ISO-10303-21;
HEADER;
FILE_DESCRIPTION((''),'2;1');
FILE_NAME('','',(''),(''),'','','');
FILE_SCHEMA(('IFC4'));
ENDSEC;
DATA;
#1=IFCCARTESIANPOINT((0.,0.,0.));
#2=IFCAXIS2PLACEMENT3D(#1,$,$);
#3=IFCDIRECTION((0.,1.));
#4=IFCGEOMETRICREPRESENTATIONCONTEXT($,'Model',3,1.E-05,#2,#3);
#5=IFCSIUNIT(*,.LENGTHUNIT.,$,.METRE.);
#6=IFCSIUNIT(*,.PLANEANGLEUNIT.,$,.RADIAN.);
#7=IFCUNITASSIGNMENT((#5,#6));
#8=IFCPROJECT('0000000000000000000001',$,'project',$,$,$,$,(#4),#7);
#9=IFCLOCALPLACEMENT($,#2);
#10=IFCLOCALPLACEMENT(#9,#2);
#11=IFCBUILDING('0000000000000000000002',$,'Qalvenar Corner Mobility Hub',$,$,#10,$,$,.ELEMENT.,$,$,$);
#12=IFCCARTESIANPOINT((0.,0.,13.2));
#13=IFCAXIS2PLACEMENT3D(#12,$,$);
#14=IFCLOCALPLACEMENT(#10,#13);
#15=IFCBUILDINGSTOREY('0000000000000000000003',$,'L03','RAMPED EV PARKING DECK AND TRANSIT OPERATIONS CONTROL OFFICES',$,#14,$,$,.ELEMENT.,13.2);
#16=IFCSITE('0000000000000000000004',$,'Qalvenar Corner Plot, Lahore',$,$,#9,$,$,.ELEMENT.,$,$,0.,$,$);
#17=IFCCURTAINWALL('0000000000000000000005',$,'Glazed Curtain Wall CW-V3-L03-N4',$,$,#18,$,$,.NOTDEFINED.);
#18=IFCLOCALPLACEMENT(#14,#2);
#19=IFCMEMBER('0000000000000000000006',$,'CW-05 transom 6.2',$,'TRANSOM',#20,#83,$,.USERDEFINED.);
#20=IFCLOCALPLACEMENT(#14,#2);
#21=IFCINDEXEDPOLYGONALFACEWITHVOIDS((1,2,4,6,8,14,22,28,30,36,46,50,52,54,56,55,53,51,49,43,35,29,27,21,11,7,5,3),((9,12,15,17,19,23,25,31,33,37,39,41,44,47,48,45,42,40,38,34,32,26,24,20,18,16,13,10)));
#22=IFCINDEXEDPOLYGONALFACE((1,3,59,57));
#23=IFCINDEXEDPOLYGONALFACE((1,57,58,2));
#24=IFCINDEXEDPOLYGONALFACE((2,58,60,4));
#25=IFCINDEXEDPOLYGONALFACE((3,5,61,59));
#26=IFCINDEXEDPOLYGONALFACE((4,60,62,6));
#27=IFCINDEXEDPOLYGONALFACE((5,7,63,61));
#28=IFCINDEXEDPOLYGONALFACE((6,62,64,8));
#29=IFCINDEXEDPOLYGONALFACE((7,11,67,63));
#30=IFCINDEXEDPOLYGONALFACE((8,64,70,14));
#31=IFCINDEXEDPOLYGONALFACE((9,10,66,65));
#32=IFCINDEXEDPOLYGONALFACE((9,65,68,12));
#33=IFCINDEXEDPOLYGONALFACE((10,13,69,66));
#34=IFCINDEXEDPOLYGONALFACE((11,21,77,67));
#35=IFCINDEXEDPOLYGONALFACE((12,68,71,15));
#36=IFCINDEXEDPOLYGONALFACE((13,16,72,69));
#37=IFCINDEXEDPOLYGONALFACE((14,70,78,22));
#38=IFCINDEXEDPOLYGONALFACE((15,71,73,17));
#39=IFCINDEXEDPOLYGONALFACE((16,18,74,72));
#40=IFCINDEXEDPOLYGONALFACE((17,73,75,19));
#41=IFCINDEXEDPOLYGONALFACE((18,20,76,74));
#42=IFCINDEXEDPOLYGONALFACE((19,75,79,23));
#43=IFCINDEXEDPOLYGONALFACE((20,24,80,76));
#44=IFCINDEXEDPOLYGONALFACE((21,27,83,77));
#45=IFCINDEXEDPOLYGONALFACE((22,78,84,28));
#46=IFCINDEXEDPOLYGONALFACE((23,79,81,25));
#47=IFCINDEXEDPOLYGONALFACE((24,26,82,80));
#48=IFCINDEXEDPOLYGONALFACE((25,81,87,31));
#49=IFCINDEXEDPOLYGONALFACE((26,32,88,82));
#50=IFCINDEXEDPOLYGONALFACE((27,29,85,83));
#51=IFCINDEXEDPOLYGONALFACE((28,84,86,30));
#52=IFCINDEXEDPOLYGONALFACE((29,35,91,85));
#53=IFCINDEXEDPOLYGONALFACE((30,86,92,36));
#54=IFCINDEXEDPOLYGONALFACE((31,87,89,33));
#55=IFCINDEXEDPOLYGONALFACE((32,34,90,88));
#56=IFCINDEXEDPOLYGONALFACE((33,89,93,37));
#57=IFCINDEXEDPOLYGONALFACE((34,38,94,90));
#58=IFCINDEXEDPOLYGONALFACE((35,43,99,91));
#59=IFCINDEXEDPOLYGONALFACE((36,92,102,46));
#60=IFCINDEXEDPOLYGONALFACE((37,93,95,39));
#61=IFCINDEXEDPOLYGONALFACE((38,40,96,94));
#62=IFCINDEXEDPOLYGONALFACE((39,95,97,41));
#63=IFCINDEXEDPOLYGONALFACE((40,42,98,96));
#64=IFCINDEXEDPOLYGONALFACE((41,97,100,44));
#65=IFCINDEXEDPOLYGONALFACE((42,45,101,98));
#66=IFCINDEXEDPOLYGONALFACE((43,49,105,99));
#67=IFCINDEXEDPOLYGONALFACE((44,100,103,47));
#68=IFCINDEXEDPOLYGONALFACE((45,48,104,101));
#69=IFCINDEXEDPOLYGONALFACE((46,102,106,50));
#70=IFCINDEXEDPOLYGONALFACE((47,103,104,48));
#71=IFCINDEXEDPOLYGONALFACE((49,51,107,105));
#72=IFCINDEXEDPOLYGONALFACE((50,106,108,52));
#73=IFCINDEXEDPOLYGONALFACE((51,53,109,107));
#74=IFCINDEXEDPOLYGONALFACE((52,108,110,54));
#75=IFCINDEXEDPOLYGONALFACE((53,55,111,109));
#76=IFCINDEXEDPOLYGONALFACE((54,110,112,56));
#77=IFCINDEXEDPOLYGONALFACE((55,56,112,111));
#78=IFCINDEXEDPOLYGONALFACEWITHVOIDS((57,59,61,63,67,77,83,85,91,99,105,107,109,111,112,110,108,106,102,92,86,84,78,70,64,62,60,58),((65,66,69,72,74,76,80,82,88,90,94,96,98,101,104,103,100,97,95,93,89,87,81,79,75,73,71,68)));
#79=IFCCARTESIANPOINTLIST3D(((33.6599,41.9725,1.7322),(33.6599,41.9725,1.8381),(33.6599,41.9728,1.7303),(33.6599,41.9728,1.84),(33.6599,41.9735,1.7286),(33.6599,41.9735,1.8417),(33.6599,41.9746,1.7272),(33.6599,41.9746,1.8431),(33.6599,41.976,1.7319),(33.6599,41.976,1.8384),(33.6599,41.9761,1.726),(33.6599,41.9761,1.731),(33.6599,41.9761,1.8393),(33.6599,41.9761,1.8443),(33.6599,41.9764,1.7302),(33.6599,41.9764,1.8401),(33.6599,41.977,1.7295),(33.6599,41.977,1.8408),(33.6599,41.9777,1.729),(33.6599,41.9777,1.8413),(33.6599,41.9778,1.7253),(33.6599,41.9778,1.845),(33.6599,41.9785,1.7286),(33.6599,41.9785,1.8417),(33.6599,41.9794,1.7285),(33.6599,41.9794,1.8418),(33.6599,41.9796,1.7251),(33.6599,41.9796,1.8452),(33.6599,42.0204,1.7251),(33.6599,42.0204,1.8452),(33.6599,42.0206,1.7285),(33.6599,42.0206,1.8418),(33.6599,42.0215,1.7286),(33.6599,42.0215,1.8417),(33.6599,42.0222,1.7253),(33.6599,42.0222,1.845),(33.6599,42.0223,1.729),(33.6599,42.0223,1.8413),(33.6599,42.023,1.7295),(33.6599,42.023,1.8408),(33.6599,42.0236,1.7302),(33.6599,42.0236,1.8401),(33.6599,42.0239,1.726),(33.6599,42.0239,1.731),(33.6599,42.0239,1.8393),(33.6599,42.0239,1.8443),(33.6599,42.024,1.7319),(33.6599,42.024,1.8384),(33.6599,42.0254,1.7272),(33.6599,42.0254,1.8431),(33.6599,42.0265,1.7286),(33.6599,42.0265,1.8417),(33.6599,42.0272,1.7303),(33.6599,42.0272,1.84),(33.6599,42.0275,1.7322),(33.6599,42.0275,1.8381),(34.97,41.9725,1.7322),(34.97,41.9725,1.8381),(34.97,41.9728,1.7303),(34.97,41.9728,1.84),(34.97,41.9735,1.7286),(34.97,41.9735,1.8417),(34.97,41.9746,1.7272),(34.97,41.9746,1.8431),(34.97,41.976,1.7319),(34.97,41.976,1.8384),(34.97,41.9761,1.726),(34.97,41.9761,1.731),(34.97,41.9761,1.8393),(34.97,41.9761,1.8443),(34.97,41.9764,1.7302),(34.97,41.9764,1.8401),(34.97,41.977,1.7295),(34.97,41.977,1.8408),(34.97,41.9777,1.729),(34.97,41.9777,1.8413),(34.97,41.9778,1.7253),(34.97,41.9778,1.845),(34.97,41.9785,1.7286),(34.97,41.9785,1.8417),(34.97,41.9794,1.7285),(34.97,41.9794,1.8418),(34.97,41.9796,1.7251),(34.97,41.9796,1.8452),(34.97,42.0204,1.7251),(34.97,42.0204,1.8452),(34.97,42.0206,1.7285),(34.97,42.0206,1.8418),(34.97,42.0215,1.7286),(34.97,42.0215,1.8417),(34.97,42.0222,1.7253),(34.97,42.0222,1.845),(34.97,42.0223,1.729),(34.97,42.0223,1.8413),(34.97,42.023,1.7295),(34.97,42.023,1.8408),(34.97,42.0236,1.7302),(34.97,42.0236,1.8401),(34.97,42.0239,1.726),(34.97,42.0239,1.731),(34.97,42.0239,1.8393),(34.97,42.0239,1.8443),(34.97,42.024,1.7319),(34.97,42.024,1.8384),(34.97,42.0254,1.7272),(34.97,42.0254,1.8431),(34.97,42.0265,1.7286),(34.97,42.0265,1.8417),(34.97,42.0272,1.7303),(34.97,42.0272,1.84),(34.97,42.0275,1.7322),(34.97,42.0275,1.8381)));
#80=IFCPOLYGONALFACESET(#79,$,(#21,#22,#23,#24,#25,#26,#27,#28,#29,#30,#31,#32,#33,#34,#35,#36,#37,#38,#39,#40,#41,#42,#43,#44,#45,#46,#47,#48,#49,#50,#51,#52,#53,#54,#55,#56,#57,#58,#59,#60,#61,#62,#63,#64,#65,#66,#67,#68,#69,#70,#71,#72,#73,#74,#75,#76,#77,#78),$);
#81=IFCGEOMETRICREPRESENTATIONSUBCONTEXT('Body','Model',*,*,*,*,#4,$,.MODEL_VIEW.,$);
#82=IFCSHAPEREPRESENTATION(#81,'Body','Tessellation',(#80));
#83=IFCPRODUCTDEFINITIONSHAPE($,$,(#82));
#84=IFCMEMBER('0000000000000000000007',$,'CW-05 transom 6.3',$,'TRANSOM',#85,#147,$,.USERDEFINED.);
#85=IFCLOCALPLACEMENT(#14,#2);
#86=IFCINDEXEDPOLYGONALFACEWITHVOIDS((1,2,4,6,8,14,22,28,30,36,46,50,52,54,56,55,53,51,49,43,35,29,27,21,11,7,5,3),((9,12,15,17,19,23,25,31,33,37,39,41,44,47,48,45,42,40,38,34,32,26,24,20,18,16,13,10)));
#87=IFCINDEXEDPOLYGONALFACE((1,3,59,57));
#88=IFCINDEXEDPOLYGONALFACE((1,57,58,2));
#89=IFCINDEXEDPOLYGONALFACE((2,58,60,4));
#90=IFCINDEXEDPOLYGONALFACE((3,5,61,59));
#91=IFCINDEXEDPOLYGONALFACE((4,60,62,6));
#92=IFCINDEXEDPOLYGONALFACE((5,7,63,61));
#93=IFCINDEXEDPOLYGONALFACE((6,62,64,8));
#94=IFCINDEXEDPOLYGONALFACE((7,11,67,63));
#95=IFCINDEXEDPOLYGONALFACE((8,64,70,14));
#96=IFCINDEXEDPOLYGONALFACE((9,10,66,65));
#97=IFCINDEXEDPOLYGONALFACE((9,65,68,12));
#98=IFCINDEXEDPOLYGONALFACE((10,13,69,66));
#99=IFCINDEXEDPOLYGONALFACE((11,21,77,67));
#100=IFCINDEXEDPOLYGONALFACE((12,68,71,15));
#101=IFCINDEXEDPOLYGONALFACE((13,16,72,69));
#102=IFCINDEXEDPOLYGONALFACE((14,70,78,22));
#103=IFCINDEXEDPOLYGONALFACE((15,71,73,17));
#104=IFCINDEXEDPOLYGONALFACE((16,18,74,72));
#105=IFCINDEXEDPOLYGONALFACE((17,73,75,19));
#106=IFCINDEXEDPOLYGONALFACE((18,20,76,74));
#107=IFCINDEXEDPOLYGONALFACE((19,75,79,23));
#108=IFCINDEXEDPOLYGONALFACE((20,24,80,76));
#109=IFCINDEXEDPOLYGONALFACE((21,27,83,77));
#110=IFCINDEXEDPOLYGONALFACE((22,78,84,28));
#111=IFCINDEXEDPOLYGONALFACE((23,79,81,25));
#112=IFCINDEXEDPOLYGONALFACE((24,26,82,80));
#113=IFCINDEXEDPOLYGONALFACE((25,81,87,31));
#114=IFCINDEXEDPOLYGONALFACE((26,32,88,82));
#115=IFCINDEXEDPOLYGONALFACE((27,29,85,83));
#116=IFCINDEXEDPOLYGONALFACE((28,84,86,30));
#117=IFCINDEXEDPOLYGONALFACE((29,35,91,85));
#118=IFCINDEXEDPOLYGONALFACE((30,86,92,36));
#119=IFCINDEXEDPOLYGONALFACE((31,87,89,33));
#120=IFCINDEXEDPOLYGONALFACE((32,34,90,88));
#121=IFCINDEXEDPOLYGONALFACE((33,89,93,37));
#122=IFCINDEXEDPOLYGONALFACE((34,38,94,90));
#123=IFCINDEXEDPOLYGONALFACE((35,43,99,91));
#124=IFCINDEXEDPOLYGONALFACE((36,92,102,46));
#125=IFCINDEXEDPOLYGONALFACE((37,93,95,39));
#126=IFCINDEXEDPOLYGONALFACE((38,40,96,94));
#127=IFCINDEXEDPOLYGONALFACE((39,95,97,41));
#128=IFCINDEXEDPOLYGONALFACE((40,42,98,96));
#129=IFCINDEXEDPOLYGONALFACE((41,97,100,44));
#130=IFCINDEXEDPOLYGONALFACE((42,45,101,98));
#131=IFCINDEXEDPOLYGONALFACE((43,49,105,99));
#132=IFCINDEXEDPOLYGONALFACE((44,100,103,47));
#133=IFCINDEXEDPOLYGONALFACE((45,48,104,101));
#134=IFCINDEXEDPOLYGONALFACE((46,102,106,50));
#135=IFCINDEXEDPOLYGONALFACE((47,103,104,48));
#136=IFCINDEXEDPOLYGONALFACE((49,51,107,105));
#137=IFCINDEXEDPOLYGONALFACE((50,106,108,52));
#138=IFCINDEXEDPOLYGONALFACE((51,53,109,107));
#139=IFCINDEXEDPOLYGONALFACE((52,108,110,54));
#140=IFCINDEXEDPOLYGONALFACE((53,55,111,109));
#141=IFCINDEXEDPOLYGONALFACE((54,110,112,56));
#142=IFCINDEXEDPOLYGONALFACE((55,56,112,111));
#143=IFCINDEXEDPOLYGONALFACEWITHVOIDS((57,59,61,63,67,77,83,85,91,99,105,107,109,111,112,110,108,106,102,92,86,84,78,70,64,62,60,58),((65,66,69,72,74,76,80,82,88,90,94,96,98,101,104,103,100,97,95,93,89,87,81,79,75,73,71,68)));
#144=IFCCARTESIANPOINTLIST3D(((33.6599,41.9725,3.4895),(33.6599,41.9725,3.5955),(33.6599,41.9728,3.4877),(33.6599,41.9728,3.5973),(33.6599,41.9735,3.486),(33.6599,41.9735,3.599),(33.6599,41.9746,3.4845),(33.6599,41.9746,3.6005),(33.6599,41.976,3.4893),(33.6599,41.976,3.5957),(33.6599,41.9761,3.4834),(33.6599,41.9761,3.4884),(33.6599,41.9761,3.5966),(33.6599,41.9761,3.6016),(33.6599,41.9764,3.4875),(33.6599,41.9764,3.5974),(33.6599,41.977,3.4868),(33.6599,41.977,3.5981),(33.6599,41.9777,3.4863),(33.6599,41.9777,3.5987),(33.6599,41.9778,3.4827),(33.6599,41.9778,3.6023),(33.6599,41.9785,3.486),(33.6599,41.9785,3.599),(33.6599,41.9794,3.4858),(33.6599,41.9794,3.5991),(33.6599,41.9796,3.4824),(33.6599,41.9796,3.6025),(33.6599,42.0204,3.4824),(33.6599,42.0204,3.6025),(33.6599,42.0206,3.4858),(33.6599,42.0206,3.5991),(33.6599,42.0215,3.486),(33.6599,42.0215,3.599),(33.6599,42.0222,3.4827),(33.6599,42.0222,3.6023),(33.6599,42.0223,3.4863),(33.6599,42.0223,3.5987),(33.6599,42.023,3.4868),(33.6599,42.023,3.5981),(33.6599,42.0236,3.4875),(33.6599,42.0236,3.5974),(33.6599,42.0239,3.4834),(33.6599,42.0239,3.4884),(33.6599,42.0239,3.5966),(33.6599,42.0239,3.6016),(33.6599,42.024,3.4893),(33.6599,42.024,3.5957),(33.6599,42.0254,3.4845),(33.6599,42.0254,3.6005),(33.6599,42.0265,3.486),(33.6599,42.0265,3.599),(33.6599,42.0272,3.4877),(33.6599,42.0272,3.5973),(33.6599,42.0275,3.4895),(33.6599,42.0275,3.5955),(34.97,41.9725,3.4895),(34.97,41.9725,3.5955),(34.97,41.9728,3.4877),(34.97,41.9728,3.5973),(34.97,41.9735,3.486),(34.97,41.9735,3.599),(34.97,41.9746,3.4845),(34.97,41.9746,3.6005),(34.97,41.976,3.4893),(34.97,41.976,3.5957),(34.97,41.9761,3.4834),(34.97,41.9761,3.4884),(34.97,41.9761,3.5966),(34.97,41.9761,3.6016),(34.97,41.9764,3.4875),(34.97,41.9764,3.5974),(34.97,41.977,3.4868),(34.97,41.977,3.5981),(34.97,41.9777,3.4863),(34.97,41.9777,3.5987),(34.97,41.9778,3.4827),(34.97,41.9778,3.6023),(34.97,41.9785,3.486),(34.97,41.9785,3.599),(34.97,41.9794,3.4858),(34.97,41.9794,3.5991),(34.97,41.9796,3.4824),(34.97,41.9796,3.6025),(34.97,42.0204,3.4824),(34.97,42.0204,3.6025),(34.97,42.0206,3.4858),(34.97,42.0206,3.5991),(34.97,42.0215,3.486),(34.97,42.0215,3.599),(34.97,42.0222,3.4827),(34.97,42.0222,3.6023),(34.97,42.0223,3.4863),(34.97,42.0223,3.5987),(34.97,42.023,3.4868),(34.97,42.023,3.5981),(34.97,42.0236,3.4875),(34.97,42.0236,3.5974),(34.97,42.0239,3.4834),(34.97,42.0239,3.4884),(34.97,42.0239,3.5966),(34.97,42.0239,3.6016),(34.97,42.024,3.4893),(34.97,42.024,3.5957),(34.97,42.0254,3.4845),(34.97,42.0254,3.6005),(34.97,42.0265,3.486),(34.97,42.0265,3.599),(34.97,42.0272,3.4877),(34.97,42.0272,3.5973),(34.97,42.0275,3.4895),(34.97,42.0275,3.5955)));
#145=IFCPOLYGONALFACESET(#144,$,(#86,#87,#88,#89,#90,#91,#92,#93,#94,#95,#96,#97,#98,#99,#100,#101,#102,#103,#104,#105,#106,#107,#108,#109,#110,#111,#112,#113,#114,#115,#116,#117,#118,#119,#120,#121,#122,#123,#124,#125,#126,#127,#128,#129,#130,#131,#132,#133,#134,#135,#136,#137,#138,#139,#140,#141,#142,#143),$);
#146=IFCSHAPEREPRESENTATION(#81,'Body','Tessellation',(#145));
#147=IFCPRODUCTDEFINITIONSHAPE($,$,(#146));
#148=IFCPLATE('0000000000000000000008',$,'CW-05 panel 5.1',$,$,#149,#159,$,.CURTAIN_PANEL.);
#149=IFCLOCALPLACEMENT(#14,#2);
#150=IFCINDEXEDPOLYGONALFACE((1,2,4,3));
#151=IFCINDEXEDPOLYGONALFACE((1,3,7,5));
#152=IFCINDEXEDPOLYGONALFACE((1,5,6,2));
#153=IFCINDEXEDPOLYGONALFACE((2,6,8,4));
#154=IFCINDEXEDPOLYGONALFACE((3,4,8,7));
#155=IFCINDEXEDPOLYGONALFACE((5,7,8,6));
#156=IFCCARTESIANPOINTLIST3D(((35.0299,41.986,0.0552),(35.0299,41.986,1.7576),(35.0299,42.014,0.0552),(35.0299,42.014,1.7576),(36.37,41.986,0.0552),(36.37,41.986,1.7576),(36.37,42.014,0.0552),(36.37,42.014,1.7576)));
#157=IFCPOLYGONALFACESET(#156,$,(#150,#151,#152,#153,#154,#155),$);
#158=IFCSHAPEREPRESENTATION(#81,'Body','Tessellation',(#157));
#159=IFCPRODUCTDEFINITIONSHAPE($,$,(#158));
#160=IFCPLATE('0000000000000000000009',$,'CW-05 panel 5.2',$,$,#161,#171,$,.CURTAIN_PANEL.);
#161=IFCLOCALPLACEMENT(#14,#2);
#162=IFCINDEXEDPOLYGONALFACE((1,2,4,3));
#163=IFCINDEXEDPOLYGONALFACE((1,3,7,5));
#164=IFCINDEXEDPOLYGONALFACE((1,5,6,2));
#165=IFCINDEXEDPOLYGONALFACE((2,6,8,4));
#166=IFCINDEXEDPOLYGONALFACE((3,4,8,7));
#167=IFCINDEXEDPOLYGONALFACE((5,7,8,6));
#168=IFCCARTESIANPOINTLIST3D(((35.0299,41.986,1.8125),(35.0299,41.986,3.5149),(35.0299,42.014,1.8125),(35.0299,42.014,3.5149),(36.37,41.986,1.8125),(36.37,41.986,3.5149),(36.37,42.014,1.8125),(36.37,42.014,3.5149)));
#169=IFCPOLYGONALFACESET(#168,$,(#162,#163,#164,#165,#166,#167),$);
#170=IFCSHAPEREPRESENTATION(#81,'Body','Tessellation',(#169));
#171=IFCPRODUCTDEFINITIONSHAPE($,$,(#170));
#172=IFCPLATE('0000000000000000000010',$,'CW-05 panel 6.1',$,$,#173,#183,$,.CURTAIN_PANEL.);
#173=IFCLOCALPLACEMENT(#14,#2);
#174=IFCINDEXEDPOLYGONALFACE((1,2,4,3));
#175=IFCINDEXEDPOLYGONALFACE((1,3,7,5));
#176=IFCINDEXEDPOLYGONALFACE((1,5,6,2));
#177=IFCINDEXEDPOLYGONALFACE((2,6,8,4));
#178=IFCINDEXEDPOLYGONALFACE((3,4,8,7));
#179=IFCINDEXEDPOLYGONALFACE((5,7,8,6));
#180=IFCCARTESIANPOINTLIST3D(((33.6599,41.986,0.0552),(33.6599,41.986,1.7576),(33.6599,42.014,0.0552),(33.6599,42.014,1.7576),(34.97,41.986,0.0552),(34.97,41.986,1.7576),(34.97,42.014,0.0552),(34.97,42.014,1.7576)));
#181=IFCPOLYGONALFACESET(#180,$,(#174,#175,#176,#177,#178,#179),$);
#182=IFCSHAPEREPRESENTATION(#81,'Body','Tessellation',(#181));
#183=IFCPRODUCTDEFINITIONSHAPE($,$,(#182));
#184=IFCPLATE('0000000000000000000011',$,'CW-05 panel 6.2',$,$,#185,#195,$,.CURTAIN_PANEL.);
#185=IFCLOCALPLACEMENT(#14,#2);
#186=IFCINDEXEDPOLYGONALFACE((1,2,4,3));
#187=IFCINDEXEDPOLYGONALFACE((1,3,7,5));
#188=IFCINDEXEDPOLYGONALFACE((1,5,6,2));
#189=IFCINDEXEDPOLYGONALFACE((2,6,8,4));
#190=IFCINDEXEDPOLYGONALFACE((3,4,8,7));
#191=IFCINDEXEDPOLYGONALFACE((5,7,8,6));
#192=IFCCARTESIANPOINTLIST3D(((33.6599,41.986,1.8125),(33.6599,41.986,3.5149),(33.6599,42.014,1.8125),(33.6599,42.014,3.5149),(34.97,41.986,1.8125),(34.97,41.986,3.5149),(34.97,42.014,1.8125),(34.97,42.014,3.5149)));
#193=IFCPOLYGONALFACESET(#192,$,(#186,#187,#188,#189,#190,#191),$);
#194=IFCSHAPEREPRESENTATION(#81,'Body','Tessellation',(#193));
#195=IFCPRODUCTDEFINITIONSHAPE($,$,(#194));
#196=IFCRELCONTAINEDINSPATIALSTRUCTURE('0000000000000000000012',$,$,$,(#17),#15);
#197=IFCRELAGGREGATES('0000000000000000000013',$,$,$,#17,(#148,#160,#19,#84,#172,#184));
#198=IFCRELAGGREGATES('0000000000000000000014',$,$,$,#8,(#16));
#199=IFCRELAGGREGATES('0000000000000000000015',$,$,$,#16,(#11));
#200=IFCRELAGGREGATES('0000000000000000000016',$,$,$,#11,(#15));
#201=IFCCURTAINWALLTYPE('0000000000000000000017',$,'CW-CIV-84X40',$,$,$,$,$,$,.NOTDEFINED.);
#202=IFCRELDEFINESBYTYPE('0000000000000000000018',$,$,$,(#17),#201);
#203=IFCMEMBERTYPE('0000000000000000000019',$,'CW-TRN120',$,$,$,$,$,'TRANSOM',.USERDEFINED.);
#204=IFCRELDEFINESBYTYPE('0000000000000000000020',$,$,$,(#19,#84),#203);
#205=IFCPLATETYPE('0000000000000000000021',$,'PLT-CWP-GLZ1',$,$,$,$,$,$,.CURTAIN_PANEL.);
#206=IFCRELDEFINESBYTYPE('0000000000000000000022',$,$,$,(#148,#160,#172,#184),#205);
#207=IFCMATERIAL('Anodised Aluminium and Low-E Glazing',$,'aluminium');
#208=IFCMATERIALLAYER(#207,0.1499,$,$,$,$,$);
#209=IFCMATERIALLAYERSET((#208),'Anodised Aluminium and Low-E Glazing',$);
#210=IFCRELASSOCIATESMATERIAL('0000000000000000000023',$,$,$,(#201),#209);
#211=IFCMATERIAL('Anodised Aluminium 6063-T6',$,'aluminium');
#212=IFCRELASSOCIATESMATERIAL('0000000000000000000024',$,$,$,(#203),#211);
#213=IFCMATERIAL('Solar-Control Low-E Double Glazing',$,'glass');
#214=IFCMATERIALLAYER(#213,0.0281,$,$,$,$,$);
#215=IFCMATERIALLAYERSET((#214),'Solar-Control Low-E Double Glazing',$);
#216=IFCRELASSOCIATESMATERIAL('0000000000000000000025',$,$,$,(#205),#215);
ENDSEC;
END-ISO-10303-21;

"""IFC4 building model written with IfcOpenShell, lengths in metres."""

from ifc_helpers import new_model, si_unit, direction, frame, origin, origin_2d, place, context, subcontext, project, spatial, rectangle, hollow_rectangle, extrude, material, layer, layer_set, material_profile, profile_set, type_object, element, aggregate, save


model = new_model("IFC4")

# Units and contexts
model_context = context("Model", 3, precision=1e-05, world=origin(), true_north=direction((0.0, 1.0)))
body_context = subcontext(model_context, "Body", "Model", "MODEL_VIEW")
ifc_project = project(units=[si_unit("LENGTHUNIT", "METRE"), si_unit("PLANEANGLEUNIT", "RADIAN")], contexts=[model_context])

# Site, building, storey
site_placement = place(None, origin())
site = spatial("IfcSite", under=ifc_project, at=site_placement, Name="Qalvenar Corner Plot, Lahore", CompositionType="ELEMENT", RefElevation=0.0)
building_placement = place(site_placement, origin())
building = spatial("IfcBuilding", under=site, at=building_placement, Name="Qalvenar Corner Mobility Hub", CompositionType="ELEMENT")
storey_placement = place(building_placement, frame((0.0, 0.0, 13.2)))
storey = spatial("IfcBuildingStorey", under=building, at=storey_placement, Name="L03", Description="RAMPED EV PARKING DECK AND TRANSIT OPERATIONS CONTROL OFFICES", CompositionType="ELEMENT", Elevation=13.2)

# Curtain wall, members, plates
ifc_material_1 = material(Name="Anodised Aluminium and Low-E Glazing", Category="aluminium")
ifc_layer_1 = layer(ifc_material_1, 0.1499)
ifc_layer_set_1 = layer_set([ifc_layer_1], Name="Anodised Aluminium and Low-E Glazing")
curtain_wall_type = type_object("IfcCurtainWallType", Name="CW-CIV-84X40", PredefinedType="NOTDEFINED", material=ifc_layer_set_1)
curtain_wall_placement = place(storey_placement, origin())
curtain_wall = element("IfcCurtainWall", 1, at=curtain_wall_placement, inside=storey, type_object=curtain_wall_type, Name="Glazed Curtain Wall CW-V3-L03-N4", PredefinedType="NOTDEFINED")
ifc_material_2 = material(Name="Anodised Aluminium 6063-T6", Category="aluminium")
ifc_material_profile_1 = material_profile(ifc_material_2, hollow_rectangle(XDim=0.0549, YDim=0.1201, WallThickness=0.0034, InnerFilletRadius=0.0034, OuterFilletRadius=0.0071, at=origin_2d()), Name="RHS120x55x3.5")
ifc_profile_set_1 = profile_set([ifc_material_profile_1], Name="Anodised Aluminium 6063-T6")
member_type_1 = type_object("IfcMemberType", Name="CW-TRN120", ElementType="TRANSOM", PredefinedType="USERDEFINED", material=ifc_profile_set_1)
member_1_placement = place(storey_placement, frame((34.97, 42.0, 1.7852), z_axis=(-1.0, 0.0, 0.0), x_axis=(0.0, -1.0, 0.0)))
member_1 = element("IfcMember", 2, at=member_1_placement, type_object=member_type_1, Name="CW-05 transom 6.2", ObjectType="TRANSOM", PredefinedType="USERDEFINED", context=body_context, shape_type="SweptSolid", body=[
    extrude(hollow_rectangle(XDim=0.0549, YDim=0.1201, WallThickness=0.0034, InnerFilletRadius=0.0034, OuterFilletRadius=0.0071, at=origin_2d()), origin(), (0.0, 0.0, 1.0), 1.3101),
])
member_2_placement = place(storey_placement, frame((34.97, 42.0, 3.5425), z_axis=(-1.0, 0.0, 0.0), x_axis=(0.0, -1.0, 0.0)))
member_2 = element("IfcMember", 3, at=member_2_placement, type_object=member_type_1, Name="CW-05 transom 6.3", ObjectType="TRANSOM", PredefinedType="USERDEFINED", context=body_context, shape_type="SweptSolid", body=[
    extrude(hollow_rectangle(XDim=0.0549, YDim=0.1201, WallThickness=0.0034, InnerFilletRadius=0.0034, OuterFilletRadius=0.0071, at=origin_2d()), origin(), (0.0, 0.0, 1.0), 1.3101),
])
ifc_material_3 = material(Name="Solar-Control Low-E Double Glazing", Category="glass")
ifc_layer_2 = layer(ifc_material_3, 0.0281)
ifc_layer_set_2 = layer_set([ifc_layer_2], Name="Solar-Control Low-E Double Glazing")
plate_type = type_object("IfcPlateType", Name="PLT-CWP-GLZ1", PredefinedType="CURTAIN_PANEL", material=ifc_layer_set_2)
plate_1_placement = place(storey_placement, frame((35.7, 42.0, 0.0552), z_axis=(0.0, 0.0, 1.0), x_axis=(-1.0, 0.0, 0.0)))
plate_1 = element("IfcPlate", 4, at=plate_1_placement, type_object=plate_type, Name="CW-05 panel 5.1", PredefinedType="CURTAIN_PANEL", context=body_context, shape_type="SweptSolid", body=[
    extrude(rectangle(XDim=1.3401, YDim=0.0281, at=origin_2d()), origin(), (0.0, 0.0, 1.0), 1.7024),
])
plate_2_placement = place(storey_placement, frame((35.7, 42.0, 1.8125), z_axis=(0.0, 0.0, 1.0), x_axis=(-1.0, 0.0, 0.0)))
plate_2 = element("IfcPlate", 5, at=plate_2_placement, type_object=plate_type, Name="CW-05 panel 5.2", PredefinedType="CURTAIN_PANEL", context=body_context, shape_type="SweptSolid", body=[
    extrude(rectangle(XDim=1.3401, YDim=0.0281, at=origin_2d()), origin(), (0.0, 0.0, 1.0), 1.7024),
])
plate_3_placement = place(storey_placement, frame((34.3149, 42.0, 0.0552), z_axis=(0.0, 0.0, 1.0), x_axis=(-1.0, 0.0, 0.0)))
plate_3 = element("IfcPlate", 6, at=plate_3_placement, type_object=plate_type, Name="CW-05 panel 6.1", PredefinedType="CURTAIN_PANEL", context=body_context, shape_type="SweptSolid", body=[
    extrude(rectangle(XDim=1.3101, YDim=0.0281, at=origin_2d()), origin(), (0.0, 0.0, 1.0), 1.7024),
])
plate_4_placement = place(storey_placement, frame((34.3149, 42.0, 1.8125), z_axis=(0.0, 0.0, 1.0), x_axis=(-1.0, 0.0, 0.0)))
plate_4 = element("IfcPlate", 7, at=plate_4_placement, type_object=plate_type, Name="CW-05 panel 6.2", PredefinedType="CURTAIN_PANEL", context=body_context, shape_type="SweptSolid", body=[
    extrude(rectangle(XDim=1.3101, YDim=0.0281, at=origin_2d()), origin(), (0.0, 0.0, 1.0), 1.7024),
])
aggregate(curtain_wall, [plate_1, plate_2, member_1, member_2, plate_3, plate_4])

save(model, "model.ifc")
